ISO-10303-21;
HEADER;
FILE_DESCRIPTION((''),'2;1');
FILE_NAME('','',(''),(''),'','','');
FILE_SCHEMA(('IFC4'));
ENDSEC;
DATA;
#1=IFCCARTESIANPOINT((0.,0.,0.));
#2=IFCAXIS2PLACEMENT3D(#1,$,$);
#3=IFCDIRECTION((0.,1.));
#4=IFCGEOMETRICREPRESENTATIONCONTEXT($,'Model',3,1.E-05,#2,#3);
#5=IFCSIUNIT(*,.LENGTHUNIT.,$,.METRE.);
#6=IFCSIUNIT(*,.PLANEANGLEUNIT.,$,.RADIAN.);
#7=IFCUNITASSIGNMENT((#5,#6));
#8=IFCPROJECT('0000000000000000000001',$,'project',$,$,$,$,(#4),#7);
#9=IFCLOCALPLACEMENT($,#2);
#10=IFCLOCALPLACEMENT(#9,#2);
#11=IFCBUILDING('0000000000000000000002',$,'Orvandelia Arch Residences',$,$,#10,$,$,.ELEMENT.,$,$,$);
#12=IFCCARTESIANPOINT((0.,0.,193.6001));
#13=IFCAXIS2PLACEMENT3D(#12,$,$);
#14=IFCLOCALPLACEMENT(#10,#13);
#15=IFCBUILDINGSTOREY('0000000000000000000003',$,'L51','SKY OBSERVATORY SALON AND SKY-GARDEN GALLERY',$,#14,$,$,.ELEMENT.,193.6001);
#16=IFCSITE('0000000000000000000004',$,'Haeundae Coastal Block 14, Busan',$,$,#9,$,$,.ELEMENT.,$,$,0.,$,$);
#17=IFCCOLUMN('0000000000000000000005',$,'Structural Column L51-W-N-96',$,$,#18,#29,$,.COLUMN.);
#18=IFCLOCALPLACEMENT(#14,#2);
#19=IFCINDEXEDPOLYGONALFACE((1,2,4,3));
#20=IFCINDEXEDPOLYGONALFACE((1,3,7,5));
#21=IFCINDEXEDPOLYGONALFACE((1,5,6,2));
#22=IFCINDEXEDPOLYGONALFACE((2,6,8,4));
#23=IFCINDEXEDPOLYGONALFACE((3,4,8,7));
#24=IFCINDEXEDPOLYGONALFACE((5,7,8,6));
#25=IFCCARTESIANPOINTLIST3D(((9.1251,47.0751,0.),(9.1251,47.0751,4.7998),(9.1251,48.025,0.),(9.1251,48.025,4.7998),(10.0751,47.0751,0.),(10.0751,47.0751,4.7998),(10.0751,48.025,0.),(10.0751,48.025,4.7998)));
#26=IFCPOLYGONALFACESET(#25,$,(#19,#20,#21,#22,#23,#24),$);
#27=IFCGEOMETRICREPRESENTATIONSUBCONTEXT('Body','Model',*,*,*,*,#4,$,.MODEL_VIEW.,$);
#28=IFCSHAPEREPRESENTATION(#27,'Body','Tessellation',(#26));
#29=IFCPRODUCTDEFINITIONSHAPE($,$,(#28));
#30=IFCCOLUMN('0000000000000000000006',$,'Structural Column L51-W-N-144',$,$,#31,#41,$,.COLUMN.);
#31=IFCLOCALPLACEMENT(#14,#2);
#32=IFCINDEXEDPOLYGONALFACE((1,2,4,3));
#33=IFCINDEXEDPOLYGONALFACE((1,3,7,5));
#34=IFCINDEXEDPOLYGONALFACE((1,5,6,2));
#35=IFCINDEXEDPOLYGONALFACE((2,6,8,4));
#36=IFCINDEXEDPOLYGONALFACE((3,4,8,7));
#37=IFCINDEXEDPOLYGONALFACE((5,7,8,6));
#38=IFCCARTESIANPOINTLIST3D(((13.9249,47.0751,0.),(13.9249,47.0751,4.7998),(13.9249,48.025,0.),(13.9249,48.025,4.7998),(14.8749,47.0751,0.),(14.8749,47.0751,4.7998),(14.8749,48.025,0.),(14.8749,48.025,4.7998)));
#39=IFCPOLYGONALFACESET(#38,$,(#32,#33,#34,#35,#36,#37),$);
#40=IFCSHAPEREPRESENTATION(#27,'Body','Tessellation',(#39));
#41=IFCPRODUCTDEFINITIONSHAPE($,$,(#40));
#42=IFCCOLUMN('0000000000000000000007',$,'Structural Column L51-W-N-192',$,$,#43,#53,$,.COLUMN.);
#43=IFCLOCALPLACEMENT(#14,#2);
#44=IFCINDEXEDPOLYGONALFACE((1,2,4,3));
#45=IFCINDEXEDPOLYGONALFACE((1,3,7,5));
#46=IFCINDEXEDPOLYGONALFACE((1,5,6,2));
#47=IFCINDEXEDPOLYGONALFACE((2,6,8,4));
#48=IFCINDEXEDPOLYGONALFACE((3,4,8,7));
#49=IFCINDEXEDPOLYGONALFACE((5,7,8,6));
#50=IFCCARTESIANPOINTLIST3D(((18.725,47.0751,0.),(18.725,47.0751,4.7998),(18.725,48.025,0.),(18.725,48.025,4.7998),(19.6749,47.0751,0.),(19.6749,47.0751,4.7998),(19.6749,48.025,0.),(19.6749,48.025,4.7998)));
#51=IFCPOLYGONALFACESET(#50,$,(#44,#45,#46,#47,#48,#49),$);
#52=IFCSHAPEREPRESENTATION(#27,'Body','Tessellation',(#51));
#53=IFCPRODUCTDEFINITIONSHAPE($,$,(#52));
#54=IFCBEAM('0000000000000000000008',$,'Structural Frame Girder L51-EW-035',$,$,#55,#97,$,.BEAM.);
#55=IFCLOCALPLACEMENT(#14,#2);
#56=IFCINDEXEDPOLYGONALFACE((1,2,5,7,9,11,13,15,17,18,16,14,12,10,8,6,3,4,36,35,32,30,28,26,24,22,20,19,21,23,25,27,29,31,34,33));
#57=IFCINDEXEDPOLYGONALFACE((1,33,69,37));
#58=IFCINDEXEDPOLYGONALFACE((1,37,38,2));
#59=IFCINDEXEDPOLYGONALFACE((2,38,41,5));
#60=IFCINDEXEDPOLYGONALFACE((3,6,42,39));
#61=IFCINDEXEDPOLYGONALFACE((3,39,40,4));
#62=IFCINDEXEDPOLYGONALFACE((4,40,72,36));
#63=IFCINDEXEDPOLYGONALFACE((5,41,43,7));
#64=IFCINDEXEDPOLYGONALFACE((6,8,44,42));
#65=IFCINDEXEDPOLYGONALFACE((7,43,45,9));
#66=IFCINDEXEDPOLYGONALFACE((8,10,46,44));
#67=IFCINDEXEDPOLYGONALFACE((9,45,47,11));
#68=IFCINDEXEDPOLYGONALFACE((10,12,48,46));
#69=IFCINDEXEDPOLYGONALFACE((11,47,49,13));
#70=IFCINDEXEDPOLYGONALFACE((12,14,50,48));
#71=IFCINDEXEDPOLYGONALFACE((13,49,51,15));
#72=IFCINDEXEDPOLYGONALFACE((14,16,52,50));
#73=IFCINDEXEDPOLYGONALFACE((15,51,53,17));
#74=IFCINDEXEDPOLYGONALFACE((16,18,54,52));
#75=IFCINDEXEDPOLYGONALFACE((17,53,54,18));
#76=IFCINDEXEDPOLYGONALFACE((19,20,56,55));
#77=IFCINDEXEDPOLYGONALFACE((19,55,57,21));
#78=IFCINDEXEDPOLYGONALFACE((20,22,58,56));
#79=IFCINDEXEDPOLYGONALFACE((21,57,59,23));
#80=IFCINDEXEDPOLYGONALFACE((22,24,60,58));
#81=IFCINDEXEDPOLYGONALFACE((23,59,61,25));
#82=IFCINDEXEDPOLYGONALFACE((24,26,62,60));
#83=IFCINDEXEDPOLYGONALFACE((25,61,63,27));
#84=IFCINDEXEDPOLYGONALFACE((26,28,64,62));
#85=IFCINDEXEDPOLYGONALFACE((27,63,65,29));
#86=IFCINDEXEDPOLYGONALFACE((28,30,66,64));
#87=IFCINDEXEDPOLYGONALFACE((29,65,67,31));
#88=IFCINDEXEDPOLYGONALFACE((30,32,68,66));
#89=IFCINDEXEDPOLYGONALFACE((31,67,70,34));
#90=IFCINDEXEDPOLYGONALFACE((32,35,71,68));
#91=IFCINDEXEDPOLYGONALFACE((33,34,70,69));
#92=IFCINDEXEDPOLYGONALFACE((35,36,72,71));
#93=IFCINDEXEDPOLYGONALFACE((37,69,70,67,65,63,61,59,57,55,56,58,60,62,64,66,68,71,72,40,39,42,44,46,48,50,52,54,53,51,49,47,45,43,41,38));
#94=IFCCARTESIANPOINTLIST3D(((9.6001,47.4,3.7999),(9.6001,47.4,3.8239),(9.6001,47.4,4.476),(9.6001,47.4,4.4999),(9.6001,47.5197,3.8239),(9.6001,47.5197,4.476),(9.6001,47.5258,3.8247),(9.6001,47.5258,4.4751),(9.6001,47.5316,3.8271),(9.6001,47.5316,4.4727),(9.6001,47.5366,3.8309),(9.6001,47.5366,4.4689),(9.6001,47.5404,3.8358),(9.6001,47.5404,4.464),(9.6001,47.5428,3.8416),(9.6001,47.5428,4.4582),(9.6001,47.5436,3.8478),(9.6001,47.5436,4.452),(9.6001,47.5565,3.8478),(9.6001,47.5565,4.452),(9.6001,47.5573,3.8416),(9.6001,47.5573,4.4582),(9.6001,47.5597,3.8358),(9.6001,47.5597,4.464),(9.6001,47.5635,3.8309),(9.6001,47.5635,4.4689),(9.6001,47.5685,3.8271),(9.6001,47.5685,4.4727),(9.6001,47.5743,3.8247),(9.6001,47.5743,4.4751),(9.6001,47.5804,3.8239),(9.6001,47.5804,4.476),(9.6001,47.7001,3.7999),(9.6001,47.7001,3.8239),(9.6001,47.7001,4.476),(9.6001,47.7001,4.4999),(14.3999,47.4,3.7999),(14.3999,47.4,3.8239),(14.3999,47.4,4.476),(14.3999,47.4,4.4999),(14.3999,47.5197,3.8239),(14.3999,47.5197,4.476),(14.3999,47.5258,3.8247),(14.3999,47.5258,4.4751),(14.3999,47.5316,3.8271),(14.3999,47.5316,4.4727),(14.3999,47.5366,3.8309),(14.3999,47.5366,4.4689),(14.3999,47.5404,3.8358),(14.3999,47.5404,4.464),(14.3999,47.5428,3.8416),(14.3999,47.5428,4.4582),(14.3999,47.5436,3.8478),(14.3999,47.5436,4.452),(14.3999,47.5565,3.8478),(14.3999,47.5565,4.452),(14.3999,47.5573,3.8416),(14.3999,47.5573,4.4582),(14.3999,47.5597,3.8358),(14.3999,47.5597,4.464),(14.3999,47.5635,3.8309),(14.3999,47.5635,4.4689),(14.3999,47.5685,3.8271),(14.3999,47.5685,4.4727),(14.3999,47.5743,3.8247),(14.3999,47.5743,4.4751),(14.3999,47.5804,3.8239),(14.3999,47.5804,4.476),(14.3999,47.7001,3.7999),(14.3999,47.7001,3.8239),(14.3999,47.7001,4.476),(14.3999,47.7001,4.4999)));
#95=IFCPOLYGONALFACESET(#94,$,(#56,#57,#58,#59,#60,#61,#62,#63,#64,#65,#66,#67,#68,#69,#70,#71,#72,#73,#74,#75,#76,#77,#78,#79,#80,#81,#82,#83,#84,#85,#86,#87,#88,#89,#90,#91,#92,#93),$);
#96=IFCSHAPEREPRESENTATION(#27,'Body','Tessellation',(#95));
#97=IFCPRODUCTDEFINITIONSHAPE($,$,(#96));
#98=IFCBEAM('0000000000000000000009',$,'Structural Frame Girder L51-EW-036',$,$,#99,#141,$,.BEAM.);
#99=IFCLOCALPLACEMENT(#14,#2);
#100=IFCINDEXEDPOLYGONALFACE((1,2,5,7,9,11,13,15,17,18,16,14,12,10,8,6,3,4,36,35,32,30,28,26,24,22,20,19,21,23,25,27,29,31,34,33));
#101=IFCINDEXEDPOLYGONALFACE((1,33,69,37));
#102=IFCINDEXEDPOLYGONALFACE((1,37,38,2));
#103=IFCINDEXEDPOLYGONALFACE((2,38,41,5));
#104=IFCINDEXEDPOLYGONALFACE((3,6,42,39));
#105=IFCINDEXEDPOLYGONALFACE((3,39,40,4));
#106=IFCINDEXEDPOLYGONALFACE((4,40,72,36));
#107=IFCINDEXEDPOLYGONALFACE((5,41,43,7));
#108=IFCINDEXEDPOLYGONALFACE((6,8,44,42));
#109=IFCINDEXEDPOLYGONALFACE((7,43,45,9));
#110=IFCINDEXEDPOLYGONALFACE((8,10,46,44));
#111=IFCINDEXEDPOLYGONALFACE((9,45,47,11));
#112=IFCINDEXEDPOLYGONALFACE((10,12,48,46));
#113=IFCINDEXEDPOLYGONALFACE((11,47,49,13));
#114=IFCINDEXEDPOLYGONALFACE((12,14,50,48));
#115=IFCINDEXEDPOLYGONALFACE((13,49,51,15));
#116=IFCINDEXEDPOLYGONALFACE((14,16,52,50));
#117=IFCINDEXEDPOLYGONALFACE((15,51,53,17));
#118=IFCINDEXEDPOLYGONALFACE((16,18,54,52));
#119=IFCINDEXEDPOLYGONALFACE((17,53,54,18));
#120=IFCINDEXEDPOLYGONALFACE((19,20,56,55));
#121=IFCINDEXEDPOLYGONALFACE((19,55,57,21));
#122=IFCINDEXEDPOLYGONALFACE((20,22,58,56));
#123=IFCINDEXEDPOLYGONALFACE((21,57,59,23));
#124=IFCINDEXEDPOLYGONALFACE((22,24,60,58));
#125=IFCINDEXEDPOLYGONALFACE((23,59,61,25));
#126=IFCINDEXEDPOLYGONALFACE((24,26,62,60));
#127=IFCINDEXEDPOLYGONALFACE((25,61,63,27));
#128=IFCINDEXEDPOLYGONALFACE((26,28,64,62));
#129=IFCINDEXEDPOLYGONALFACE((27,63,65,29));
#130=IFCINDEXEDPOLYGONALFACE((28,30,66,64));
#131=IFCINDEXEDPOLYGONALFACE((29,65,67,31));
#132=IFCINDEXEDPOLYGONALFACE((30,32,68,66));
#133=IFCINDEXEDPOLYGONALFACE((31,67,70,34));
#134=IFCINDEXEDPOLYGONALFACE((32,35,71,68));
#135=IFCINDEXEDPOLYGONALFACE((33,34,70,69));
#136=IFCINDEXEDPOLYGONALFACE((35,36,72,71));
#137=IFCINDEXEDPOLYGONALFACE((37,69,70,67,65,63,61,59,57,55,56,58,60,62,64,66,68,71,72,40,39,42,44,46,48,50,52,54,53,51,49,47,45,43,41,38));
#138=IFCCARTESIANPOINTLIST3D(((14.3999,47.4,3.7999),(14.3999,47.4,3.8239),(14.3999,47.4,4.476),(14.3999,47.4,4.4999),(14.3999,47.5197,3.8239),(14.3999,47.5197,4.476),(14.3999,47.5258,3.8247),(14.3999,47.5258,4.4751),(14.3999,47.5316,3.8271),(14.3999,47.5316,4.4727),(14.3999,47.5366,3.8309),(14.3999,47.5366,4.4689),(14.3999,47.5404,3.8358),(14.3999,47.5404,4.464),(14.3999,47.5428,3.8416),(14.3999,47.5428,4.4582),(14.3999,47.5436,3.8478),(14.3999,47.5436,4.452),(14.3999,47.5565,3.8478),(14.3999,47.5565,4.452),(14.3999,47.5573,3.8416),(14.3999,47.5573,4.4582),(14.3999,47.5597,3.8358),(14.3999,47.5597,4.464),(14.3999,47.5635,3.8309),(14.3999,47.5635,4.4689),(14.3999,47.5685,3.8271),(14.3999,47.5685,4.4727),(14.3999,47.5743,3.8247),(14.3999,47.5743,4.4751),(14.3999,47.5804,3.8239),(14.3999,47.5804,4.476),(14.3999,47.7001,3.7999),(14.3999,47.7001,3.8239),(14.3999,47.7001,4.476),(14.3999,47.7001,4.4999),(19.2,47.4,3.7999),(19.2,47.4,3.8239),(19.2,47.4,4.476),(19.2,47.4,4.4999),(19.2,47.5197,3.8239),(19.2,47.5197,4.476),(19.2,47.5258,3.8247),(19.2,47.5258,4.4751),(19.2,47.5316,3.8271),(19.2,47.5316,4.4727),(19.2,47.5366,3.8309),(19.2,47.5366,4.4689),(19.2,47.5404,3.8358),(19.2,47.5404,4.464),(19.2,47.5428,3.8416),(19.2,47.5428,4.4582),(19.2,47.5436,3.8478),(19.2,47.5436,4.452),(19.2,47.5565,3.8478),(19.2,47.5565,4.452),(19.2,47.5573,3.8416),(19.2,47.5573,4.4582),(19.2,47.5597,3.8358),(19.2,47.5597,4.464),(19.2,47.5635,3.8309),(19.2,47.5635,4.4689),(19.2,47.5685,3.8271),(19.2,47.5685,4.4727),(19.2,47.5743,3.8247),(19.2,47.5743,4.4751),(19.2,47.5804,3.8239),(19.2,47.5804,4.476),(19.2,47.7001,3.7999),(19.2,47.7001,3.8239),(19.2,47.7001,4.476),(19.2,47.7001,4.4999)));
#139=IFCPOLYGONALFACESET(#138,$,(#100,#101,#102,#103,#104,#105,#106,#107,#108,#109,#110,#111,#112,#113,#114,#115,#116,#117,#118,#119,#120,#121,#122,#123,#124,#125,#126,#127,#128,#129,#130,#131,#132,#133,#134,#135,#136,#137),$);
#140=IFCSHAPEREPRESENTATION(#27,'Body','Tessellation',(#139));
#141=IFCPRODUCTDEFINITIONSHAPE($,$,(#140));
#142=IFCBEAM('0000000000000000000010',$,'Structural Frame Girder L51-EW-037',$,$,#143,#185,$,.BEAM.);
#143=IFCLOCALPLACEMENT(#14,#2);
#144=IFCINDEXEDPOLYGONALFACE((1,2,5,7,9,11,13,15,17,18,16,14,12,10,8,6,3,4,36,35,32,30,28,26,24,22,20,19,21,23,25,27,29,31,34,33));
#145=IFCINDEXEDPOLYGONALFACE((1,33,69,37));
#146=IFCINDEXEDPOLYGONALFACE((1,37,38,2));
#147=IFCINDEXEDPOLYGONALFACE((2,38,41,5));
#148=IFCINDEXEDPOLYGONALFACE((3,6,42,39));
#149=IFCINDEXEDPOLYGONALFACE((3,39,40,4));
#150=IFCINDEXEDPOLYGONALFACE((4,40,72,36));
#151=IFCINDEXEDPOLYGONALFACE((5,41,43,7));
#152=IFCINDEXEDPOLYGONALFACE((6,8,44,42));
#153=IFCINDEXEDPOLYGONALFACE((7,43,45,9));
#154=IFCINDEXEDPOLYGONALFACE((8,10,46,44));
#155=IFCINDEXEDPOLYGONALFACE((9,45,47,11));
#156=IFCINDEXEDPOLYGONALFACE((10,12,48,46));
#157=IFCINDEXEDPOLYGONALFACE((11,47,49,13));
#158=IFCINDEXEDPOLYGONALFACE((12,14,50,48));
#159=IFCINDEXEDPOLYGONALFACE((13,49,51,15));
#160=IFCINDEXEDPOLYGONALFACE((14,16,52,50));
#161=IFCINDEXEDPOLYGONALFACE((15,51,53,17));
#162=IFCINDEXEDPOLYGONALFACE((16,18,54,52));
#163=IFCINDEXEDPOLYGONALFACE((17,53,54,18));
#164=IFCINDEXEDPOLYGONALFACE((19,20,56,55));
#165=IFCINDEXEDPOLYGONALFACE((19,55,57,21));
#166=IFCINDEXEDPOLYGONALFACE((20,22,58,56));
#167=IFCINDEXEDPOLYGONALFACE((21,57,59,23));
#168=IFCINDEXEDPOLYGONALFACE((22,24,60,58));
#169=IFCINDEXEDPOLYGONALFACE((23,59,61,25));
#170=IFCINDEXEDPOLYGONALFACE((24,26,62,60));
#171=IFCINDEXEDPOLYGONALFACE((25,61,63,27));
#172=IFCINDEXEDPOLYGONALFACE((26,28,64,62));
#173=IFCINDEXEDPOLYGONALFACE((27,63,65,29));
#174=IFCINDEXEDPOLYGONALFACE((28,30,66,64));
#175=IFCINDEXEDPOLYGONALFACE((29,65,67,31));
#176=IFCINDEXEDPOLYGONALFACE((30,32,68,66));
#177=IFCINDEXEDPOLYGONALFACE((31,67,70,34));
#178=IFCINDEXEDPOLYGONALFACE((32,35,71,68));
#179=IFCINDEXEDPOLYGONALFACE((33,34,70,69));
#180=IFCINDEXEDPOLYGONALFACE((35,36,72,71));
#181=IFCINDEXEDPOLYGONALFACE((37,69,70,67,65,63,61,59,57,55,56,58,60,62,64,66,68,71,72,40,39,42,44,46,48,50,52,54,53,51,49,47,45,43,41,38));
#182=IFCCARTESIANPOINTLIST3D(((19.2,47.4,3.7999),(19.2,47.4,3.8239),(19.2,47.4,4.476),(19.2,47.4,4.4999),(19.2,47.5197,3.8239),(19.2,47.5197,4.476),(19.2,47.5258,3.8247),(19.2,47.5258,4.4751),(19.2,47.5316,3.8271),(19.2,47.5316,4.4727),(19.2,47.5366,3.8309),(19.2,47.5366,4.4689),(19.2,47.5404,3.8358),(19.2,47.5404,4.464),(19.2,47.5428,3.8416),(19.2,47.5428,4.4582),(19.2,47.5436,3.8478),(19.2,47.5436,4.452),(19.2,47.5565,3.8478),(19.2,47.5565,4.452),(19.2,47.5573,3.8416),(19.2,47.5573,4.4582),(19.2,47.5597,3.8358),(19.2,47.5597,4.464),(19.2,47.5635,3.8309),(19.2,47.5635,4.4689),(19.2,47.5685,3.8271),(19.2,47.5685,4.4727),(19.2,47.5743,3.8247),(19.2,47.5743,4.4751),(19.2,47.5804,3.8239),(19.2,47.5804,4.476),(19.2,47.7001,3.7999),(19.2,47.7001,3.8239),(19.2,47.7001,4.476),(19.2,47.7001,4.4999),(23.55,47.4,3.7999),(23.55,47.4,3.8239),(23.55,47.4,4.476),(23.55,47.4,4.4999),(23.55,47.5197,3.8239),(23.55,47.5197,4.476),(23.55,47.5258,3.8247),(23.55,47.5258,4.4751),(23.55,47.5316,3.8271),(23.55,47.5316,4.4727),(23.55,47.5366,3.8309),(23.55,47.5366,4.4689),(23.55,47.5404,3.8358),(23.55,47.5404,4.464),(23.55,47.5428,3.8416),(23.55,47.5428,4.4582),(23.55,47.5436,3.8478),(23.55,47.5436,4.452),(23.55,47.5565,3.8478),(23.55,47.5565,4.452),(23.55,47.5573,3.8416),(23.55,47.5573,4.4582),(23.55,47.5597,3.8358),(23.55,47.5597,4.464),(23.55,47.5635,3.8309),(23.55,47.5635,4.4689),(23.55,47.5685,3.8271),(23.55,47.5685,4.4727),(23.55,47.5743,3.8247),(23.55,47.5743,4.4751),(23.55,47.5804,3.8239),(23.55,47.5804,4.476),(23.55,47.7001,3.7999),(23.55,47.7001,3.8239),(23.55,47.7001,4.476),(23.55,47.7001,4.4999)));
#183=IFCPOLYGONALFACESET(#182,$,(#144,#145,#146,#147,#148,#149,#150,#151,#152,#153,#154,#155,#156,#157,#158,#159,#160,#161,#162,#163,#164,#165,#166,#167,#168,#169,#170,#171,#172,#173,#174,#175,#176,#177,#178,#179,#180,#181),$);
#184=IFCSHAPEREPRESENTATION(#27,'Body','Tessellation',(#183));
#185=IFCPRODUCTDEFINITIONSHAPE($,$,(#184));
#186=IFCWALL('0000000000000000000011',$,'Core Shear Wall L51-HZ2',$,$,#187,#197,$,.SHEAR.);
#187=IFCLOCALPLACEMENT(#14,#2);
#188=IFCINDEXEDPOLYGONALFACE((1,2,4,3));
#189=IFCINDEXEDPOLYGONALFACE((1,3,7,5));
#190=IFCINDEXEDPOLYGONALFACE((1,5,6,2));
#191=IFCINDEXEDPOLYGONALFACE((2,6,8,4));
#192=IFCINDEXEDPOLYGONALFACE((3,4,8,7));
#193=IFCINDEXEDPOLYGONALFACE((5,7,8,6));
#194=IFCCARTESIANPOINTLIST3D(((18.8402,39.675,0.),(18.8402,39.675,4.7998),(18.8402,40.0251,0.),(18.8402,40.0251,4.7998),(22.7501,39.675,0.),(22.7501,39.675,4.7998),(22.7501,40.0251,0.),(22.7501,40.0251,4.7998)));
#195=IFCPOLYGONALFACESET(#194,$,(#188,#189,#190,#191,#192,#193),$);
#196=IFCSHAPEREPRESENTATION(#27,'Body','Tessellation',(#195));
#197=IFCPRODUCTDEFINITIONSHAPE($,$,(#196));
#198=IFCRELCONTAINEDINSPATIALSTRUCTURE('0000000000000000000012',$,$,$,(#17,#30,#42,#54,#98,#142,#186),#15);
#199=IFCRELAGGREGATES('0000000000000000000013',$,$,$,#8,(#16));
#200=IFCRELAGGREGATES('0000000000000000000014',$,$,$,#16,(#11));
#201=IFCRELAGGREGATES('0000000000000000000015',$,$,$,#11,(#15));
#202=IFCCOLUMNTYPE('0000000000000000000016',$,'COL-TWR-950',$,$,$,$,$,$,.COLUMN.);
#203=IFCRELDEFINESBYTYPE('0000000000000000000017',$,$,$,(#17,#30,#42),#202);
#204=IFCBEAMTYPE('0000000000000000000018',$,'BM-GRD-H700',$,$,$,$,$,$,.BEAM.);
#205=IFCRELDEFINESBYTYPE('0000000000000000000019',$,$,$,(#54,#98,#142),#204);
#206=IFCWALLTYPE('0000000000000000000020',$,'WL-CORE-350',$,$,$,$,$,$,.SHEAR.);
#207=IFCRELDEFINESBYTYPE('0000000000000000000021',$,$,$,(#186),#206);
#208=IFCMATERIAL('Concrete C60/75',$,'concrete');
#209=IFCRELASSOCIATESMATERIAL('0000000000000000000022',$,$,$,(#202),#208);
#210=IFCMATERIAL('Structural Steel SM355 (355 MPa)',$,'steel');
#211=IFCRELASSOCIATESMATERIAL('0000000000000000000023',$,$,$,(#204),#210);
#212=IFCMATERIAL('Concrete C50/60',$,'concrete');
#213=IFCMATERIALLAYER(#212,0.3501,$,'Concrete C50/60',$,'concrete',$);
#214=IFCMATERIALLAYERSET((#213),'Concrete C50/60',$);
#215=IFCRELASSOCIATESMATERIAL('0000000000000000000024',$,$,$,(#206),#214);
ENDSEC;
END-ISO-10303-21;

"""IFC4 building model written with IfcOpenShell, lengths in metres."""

from ifc_helpers import new_model, si_unit, direction, frame, frame_2d, origin, origin_2d, place, context, subcontext, project, spatial, rectangle, i_section, extrude, material, layer, layer_set, material_profile, profile_set, type_object, element, save


model = new_model("IFC4")

# Units and contexts
model_context = context("Model", 3, precision=1e-05, world=origin(), true_north=direction((0.0, 1.0)))
body_context = subcontext(model_context, "Body", "Model", "MODEL_VIEW")
ifc_project = project(units=[si_unit("LENGTHUNIT", "METRE"), si_unit("PLANEANGLEUNIT", "RADIAN")], contexts=[model_context])

# Site, building, storey
site_placement = place(None, origin())
site = spatial("IfcSite", under=ifc_project, at=site_placement, Name="Haeundae Coastal Block 14, Busan", CompositionType="ELEMENT", RefElevation=0.0)
building_placement = place(site_placement, origin())
building = spatial("IfcBuilding", under=site, at=building_placement, Name="Orvandelia Arch Residences", CompositionType="ELEMENT")
storey_placement = place(building_placement, frame((0.0, 0.0, 193.6001)))
storey = spatial("IfcBuildingStorey", under=building, at=storey_placement, Name="L51", Description="SKY OBSERVATORY SALON AND SKY-GARDEN GALLERY", CompositionType="ELEMENT", Elevation=193.6001)

# Columns
ifc_material_1 = material(Name="Concrete C60/75", Category="concrete")
ifc_material_profile_1 = material_profile(ifc_material_1, rectangle(XDim=0.95, YDim=0.95, at=origin_2d()), Name="Concrete C60/75", Category="concrete")
ifc_profile_set_1 = profile_set([ifc_material_profile_1], Name="Concrete C60/75")
column_type = type_object("IfcColumnType", Name="COL-TWR-950", PredefinedType="COLUMN", material=ifc_profile_set_1)
for number, where, z_axis, x_axis, name in (
    (1, (9.6001, 47.55, 0.0), (0.0, 0.0, 1.0), (1.0, 0.0, 0.0), "Structural Column L51-W-N-96"),
    (2, (14.3999, 47.55, 0.0), (0.0, 0.0, 1.0), (1.0, 0.0, 0.0), "Structural Column L51-W-N-144"),
    (3, (19.2, 47.55, 0.0), (0.0, 0.0, 1.0), (1.0, 0.0, 0.0), "Structural Column L51-W-N-192"),
):
    element("IfcColumn", number, at=place(storey_placement, frame(where, z_axis=z_axis, x_axis=x_axis)), inside=storey, type_object=column_type, Name=name, PredefinedType="COLUMN", context=body_context, shape_type="SweptSolid", body=[
        extrude(rectangle(XDim=0.95, YDim=0.95, at=origin_2d()), origin(), (0.0, 0.0, 1.0), 4.7998),
    ])

# Beams
ifc_material_2 = material(Name="Structural Steel SM355 (355 MPa)", Category="steel")
ifc_material_profile_2 = material_profile(ifc_material_2, i_section(OverallWidth=0.3, OverallDepth=0.7, WebThickness=0.0129, FlangeThickness=0.0239, FilletRadius=0.0239, at=origin_2d()), Name="Structural Steel SM355 (355 MPa)", Category="steel")
ifc_profile_set_2 = profile_set([ifc_material_profile_2], Name="Structural Steel SM355 (355 MPa)")
beam_type = type_object("IfcBeamType", Name="BM-GRD-H700", PredefinedType="BEAM", material=ifc_profile_set_2)
beam_1_placement = place(storey_placement, frame((9.6001, 47.55, 4.1499), z_axis=(1.0, 0.0, 0.0), x_axis=(0.0, 1.0, 0.0)))
element("IfcBeam", 4, at=beam_1_placement, inside=storey, type_object=beam_type, Name="Structural Frame Girder L51-EW-035", PredefinedType="BEAM", context=body_context, shape_type="SweptSolid", body=[
    extrude(i_section(OverallWidth=0.3, OverallDepth=0.7, WebThickness=0.0129, FlangeThickness=0.0239, FilletRadius=0.0239, at=origin_2d()), origin(), (0.0, 0.0, 1.0), 4.7998),
])
beam_2_placement = place(storey_placement, frame((14.3999, 47.55, 4.1499), z_axis=(1.0, 0.0, 0.0), x_axis=(0.0, 1.0, 0.0)))
element("IfcBeam", 5, at=beam_2_placement, inside=storey, type_object=beam_type, Name="Structural Frame Girder L51-EW-036", PredefinedType="BEAM", context=body_context, shape_type="SweptSolid", body=[
    extrude(i_section(OverallWidth=0.3, OverallDepth=0.7, WebThickness=0.0129, FlangeThickness=0.0239, FilletRadius=0.0239, at=origin_2d()), origin(), (0.0, 0.0, 1.0), 4.8),
])
beam_3_placement = place(storey_placement, frame((19.2, 47.55, 4.1499), z_axis=(1.0, 0.0, 0.0), x_axis=(0.0, 1.0, 0.0)))
element("IfcBeam", 6, at=beam_3_placement, inside=storey, type_object=beam_type, Name="Structural Frame Girder L51-EW-037", PredefinedType="BEAM", context=body_context, shape_type="SweptSolid", body=[
    extrude(i_section(OverallWidth=0.3, OverallDepth=0.7, WebThickness=0.0129, FlangeThickness=0.0239, FilletRadius=0.0239, at=origin_2d()), origin(), (0.0, 0.0, 1.0), 4.3501),
])

# Wall
ifc_material_3 = material(Name="Concrete C50/60", Category="concrete")
ifc_layer_1 = layer(ifc_material_3, 0.3501, Name="Concrete C50/60", Category="concrete")
ifc_layer_set_1 = layer_set([ifc_layer_1], Name="Concrete C50/60")
wall_type_1 = type_object("IfcWallType", Name="WL-CORE-350", PredefinedType="SHEAR", material=ifc_layer_set_1)
wall_1_placement = place(storey_placement, frame((18.8401, 39.8501, 0.0), z_axis=(0.0, 0.0, 1.0), x_axis=(1.0, 0.0, 0.0)))
element("IfcWall", 7, at=wall_1_placement, inside=storey, type_object=wall_type_1, Name="Core Shear Wall L51-HZ2", PredefinedType="SHEAR", context=body_context, shape_type="SweptSolid", body=[
    extrude(rectangle(XDim=3.9099, YDim=0.3501, at=frame_2d((1.9551, 0.0))), origin(), (0.0, 0.0, 1.0), 4.7998),
])

save(model, "model.ifc")
